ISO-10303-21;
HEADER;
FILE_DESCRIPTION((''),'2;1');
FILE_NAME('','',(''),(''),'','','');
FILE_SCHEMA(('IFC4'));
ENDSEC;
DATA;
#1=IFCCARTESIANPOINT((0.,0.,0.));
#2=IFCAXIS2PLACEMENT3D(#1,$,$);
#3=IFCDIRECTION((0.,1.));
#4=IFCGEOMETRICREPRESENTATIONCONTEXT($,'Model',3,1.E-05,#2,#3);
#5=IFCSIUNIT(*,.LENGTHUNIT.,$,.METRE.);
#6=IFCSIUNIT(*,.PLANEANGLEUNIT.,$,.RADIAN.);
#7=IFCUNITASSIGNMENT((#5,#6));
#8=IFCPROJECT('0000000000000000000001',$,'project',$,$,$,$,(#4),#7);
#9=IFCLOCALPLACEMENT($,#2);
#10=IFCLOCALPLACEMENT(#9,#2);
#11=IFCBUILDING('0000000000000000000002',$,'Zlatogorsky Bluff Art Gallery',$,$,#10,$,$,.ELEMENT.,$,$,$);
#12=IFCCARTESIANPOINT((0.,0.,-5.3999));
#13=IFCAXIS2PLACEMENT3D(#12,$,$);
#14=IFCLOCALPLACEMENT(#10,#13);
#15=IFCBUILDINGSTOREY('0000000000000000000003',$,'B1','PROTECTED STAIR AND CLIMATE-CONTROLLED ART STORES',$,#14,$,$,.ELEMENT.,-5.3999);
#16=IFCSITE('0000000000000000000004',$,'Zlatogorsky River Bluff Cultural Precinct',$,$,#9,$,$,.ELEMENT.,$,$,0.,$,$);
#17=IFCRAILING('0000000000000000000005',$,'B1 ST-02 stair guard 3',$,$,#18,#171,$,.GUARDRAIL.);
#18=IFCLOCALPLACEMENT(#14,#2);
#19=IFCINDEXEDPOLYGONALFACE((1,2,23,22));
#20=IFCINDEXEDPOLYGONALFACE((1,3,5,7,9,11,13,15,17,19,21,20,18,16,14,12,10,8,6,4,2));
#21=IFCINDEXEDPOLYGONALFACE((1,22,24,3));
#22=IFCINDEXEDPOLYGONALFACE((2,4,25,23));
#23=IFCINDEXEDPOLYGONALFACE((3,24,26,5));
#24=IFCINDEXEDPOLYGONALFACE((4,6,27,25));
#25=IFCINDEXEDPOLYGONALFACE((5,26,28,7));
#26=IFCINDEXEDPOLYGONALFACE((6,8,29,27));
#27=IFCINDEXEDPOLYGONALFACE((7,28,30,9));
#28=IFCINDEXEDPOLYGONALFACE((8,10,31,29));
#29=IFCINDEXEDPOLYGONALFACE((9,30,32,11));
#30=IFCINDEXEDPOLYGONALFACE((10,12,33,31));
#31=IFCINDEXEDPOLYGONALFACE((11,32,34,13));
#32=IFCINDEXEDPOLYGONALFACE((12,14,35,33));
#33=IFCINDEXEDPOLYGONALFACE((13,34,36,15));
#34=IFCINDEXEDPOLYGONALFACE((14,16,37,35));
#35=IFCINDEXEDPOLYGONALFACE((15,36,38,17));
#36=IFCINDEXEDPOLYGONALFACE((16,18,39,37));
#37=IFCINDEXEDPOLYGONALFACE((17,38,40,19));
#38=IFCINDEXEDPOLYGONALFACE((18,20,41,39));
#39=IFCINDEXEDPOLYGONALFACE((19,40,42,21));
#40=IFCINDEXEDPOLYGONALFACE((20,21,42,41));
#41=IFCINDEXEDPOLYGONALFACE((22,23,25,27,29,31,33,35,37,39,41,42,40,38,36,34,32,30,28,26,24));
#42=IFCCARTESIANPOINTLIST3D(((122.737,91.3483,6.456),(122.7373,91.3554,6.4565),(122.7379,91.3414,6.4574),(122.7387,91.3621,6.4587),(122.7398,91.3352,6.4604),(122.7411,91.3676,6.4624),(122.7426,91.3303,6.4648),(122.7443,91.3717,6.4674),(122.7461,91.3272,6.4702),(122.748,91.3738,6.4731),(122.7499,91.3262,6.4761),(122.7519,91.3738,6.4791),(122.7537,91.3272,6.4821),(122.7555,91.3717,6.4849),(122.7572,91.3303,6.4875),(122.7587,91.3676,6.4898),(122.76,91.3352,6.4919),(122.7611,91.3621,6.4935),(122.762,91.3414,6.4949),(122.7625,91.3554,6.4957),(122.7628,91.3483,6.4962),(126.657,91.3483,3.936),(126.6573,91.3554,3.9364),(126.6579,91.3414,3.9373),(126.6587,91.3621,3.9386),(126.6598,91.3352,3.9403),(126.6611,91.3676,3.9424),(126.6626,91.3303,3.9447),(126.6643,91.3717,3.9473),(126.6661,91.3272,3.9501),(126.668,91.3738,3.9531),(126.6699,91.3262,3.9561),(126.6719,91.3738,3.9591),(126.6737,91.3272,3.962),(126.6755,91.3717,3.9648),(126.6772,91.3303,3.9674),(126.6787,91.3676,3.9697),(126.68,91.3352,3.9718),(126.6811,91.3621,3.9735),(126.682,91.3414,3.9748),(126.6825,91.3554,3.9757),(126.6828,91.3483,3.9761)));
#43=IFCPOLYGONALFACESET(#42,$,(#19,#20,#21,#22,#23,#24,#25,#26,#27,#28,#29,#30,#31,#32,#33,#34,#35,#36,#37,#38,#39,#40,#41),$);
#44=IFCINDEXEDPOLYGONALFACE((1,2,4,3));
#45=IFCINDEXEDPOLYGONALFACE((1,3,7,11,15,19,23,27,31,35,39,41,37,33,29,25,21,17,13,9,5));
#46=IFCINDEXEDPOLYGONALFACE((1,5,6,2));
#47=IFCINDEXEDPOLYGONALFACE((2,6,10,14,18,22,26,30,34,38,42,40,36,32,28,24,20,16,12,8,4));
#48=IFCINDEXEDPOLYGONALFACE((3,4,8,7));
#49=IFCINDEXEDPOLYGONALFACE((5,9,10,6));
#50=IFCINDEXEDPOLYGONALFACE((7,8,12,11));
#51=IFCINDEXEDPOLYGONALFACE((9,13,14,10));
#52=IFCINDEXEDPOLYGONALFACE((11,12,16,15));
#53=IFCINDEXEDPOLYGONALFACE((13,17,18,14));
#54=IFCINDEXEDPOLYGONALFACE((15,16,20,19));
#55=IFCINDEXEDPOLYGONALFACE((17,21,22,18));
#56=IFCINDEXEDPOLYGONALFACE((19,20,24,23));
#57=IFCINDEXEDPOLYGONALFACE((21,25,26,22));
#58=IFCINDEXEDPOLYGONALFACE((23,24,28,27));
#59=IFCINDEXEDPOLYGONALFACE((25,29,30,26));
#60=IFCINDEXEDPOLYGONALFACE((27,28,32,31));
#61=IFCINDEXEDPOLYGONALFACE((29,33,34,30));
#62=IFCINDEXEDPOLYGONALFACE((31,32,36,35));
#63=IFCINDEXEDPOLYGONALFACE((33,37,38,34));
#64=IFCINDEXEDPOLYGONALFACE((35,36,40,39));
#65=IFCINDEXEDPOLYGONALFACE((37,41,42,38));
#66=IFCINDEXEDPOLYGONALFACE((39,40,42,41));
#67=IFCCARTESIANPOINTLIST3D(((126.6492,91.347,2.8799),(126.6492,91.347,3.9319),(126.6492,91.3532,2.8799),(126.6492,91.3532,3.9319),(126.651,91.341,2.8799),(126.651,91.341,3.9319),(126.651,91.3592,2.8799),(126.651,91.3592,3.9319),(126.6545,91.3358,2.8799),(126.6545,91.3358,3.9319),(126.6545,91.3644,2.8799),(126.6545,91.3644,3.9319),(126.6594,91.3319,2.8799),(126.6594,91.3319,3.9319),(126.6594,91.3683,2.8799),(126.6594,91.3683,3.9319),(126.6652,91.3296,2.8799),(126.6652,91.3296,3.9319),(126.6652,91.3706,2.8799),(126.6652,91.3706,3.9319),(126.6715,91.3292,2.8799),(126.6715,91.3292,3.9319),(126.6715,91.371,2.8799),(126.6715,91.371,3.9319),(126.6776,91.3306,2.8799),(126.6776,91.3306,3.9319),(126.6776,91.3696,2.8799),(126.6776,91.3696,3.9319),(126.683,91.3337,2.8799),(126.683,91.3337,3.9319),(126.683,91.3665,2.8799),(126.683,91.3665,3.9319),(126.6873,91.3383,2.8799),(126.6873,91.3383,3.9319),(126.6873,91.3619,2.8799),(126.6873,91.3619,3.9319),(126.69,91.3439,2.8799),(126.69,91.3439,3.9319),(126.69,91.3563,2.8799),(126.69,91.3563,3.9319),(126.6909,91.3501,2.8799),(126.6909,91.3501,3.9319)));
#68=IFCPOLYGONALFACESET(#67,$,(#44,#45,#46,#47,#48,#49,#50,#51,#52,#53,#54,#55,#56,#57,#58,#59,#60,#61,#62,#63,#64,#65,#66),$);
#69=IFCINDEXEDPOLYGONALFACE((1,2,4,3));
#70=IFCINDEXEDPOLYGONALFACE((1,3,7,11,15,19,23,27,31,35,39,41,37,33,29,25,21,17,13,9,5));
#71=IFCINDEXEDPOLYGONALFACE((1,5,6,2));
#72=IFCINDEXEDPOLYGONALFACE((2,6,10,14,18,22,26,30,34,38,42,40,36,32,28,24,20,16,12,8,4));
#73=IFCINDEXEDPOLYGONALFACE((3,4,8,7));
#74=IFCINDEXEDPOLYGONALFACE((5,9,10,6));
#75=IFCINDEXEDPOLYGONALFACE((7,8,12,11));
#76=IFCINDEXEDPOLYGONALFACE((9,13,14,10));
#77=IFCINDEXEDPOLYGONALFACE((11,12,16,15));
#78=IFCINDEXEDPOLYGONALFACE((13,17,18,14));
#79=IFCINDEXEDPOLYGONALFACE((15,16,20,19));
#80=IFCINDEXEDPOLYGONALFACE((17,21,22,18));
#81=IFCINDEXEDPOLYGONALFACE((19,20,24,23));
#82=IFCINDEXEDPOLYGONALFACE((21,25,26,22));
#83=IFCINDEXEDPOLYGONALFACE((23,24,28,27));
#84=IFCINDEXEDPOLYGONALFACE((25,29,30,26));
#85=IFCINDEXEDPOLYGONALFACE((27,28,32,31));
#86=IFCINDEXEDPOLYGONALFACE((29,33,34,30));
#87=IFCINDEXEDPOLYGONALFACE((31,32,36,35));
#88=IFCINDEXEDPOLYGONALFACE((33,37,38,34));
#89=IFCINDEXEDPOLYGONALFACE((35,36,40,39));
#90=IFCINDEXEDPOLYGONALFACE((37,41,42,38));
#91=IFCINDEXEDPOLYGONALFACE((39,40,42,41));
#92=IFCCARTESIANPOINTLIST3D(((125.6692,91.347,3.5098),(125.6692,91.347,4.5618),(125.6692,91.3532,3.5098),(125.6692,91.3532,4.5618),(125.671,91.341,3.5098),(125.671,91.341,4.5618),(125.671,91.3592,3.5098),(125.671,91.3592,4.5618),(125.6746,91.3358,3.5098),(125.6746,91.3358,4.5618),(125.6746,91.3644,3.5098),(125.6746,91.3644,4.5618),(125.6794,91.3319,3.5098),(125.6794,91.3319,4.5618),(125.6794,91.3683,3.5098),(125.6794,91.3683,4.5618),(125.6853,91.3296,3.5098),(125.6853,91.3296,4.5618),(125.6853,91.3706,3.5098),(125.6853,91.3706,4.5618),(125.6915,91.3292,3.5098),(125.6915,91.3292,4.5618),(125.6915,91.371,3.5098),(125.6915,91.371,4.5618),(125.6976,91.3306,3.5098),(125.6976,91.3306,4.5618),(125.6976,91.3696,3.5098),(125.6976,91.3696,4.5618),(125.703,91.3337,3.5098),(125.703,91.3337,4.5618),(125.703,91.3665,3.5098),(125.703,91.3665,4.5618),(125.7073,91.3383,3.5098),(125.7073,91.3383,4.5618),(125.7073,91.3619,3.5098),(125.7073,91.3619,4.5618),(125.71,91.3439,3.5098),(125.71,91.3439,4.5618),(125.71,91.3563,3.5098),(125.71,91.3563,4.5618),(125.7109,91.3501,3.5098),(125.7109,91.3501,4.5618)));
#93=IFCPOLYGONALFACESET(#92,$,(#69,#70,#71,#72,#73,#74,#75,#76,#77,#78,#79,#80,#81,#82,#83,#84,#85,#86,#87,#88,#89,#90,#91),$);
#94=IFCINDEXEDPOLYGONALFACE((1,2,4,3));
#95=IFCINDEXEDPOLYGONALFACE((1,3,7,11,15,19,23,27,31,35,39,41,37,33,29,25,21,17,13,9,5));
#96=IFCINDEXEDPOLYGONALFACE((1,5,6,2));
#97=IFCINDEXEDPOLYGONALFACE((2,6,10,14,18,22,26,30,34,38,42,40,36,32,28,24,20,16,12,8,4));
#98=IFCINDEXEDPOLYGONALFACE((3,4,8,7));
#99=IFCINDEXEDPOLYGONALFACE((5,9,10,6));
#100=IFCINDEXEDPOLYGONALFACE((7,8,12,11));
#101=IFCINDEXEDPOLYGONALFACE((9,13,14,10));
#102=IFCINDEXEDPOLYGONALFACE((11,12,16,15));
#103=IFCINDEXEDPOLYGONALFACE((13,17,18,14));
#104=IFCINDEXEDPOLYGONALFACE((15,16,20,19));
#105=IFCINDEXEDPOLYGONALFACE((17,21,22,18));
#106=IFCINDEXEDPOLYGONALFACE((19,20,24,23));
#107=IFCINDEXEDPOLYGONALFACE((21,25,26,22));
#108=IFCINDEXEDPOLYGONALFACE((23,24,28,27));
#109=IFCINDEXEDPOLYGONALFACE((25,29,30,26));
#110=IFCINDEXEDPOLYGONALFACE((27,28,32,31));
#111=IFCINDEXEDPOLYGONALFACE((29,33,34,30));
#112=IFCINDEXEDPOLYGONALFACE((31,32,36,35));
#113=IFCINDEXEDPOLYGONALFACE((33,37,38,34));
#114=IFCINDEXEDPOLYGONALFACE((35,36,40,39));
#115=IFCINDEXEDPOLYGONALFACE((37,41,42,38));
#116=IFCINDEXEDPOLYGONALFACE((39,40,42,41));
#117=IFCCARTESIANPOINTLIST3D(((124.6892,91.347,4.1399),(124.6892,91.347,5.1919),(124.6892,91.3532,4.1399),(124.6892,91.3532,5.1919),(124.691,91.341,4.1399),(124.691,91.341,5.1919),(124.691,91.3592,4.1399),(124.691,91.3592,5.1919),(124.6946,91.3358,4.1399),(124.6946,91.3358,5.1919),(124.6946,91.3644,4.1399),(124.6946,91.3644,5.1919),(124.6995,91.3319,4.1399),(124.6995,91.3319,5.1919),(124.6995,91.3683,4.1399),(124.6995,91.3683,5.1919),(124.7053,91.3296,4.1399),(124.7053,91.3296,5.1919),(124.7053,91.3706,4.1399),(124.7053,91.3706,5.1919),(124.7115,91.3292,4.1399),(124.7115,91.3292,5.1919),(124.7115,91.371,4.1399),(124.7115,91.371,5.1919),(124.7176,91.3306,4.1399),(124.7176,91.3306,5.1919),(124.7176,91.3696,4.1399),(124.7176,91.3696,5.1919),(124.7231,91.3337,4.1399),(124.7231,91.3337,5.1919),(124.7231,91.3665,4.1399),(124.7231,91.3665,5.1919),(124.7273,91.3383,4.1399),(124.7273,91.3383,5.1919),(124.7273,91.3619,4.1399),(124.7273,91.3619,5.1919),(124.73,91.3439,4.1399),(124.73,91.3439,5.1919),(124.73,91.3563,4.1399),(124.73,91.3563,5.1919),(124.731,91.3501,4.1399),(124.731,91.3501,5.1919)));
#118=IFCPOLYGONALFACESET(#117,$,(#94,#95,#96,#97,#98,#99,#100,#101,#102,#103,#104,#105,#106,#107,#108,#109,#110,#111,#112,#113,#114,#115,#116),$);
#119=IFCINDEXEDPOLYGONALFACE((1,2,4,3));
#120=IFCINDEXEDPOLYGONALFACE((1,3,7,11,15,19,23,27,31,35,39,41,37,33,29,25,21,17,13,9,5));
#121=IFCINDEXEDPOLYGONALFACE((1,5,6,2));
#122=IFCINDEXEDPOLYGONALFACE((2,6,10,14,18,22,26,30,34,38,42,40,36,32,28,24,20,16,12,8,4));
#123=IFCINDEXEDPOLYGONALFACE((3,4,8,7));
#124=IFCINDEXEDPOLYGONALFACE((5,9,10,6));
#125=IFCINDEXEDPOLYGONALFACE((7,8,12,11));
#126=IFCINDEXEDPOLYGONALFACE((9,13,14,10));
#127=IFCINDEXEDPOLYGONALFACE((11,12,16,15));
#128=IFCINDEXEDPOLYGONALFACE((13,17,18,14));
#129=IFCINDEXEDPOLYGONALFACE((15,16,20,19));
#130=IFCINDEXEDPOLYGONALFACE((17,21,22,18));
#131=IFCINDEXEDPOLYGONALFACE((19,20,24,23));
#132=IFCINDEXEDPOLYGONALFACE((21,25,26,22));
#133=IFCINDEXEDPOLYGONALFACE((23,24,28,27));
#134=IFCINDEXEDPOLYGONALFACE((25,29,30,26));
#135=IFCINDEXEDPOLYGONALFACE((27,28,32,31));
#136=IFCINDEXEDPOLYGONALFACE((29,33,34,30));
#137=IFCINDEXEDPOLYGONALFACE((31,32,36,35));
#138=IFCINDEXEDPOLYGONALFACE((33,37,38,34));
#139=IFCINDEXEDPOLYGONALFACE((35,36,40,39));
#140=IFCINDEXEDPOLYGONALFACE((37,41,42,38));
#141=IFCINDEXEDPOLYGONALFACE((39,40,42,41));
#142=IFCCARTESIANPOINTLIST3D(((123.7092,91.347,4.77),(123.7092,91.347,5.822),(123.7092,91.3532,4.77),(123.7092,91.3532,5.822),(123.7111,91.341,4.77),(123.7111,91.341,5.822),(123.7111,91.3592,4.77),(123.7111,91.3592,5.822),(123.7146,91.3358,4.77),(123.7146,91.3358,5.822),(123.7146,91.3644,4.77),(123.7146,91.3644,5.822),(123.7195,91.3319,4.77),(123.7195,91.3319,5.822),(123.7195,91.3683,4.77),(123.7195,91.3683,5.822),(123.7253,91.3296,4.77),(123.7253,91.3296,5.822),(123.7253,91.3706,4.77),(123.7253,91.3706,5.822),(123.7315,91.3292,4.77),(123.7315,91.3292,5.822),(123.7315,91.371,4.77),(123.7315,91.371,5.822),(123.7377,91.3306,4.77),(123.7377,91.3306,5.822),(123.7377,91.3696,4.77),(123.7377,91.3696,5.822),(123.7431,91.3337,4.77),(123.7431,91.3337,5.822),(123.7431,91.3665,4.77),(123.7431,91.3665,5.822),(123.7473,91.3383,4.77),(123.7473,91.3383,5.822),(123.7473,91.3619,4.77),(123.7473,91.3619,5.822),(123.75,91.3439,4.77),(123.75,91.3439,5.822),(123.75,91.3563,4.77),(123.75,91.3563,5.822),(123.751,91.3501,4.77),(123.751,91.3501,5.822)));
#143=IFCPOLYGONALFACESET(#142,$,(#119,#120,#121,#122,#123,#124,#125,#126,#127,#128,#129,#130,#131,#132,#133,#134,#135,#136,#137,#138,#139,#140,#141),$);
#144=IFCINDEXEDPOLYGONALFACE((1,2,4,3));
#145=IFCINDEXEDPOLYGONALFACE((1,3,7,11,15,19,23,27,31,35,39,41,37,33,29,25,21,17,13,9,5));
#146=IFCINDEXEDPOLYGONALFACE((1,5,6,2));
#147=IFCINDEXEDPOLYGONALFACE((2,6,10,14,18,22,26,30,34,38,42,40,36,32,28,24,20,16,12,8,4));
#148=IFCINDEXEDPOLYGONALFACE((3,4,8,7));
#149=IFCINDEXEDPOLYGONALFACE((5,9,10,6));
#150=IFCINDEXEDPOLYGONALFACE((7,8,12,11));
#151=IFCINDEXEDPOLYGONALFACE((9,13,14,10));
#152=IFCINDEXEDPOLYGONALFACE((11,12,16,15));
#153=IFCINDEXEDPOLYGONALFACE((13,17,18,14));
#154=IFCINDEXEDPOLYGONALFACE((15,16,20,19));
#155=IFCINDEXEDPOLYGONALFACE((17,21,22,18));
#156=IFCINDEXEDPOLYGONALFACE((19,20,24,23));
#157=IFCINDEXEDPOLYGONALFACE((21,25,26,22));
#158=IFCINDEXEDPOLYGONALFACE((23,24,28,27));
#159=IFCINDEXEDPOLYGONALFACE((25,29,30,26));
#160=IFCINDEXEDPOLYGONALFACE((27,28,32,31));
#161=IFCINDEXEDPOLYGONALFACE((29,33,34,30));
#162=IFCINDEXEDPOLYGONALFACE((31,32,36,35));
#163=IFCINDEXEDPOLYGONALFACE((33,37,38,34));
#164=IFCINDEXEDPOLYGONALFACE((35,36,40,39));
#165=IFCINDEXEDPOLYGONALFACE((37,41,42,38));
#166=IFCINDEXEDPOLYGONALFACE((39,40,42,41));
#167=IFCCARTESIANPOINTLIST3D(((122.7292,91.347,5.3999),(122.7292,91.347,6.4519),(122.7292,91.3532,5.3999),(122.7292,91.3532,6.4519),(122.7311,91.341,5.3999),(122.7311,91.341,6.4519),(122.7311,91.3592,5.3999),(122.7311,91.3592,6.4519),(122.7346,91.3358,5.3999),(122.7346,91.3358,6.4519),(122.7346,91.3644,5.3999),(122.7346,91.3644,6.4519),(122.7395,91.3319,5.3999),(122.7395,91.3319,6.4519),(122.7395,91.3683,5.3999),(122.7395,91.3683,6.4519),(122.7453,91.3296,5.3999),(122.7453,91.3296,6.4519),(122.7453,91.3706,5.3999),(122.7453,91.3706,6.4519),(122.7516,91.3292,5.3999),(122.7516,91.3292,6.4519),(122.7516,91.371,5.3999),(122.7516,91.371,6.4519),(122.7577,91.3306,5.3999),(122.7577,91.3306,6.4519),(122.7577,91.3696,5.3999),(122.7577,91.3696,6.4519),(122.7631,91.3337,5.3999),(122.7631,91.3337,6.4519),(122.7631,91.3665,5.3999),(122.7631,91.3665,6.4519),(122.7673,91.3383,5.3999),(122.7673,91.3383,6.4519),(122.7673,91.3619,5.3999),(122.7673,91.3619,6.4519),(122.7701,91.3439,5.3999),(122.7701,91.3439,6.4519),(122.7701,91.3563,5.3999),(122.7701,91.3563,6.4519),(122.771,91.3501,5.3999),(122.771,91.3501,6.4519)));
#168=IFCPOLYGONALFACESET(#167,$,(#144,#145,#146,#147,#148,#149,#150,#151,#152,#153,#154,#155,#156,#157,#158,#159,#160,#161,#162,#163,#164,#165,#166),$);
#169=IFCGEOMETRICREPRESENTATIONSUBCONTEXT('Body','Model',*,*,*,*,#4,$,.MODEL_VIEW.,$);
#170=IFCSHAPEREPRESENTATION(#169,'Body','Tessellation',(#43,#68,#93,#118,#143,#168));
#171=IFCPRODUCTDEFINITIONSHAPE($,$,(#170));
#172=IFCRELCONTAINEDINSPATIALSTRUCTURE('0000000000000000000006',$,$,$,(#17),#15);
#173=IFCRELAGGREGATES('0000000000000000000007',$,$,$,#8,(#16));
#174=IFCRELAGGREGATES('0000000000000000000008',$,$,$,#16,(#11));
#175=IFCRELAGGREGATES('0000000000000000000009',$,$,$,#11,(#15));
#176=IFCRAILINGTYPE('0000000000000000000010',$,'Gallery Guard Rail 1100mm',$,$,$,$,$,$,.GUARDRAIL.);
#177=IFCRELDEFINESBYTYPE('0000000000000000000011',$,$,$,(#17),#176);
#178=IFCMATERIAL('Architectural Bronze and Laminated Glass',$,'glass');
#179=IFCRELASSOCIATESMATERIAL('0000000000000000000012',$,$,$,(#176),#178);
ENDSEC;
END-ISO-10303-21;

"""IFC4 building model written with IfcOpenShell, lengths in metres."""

from ifc_helpers import new_model, si_unit, direction, frame, origin, origin_2d, place, context, subcontext, project, spatial, circle, extrude, material, type_object, element, save


model = new_model("IFC4")

# Units and contexts
model_context = context("Model", 3, precision=1e-05, world=origin(), true_north=direction((0.0, 1.0)))
body_context = subcontext(model_context, "Body", "Model", "MODEL_VIEW")
ifc_project = project(units=[si_unit("LENGTHUNIT", "METRE"), si_unit("PLANEANGLEUNIT", "RADIAN")], contexts=[model_context])

# Site, building, storey
site_placement = place(None, origin())
site = spatial("IfcSite", under=ifc_project, at=site_placement, Name="Zlatogorsky River Bluff Cultural Precinct", CompositionType="ELEMENT", RefElevation=0.0)
building_placement = place(site_placement, origin())
building = spatial("IfcBuilding", under=site, at=building_placement, Name="Zlatogorsky Bluff Art Gallery", CompositionType="ELEMENT")
storey_placement = place(building_placement, frame((0.0, 0.0, -5.3999)))
storey = spatial("IfcBuildingStorey", under=building, at=storey_placement, Name="B1", Description="PROTECTED STAIR AND CLIMATE-CONTROLLED ART STORES", CompositionType="ELEMENT", Elevation=-5.3999)

# Railing
ifc_material_1 = material(Name="Architectural Bronze and Laminated Glass", Category="glass")
railing_type_1 = type_object("IfcRailingType", Name="Gallery Guard Rail 1100mm", PredefinedType="GUARDRAIL", material=ifc_material_1)
railing_1_placement = place(storey_placement, frame((126.6699, 91.3501, 2.8799)))
element("IfcRailing", 1, at=railing_1_placement, inside=storey, type_object=railing_type_1, Name="B1 ST-02 stair guard 3", PredefinedType="GUARDRAIL", context=body_context, shape_type="SweptSolid", body=[
    extrude(circle(Radius=0.0239, at=origin_2d()), frame((0.0, 0.0, 1.0762), z_axis=(-0.841172, 0.0, 0.540768), x_axis=(0.0, -1.0, 0.0)), (0.0, 0.0, 1.0), 4.6602),
    extrude(circle(Radius=0.021, at=origin_2d()), origin(), (0.0, 0.0, 1.0), 1.052),
    extrude(circle(Radius=0.021, at=origin_2d()), frame((-0.98, 0.0, 0.6299)), (0.0, 0.0, 1.0), 1.052),
    extrude(circle(Radius=0.021, at=origin_2d()), frame((-1.96, 0.0, 1.26)), (0.0, 0.0, 1.0), 1.052),
    extrude(circle(Radius=0.021, at=origin_2d()), frame((-2.9399, 0.0, 1.8901)), (0.0, 0.0, 1.0), 1.052),
    extrude(circle(Radius=0.021, at=origin_2d()), frame((-3.9199, 0.0, 2.52)), (0.0, 0.0, 1.0), 1.052),
])

save(model, "model.ifc")
